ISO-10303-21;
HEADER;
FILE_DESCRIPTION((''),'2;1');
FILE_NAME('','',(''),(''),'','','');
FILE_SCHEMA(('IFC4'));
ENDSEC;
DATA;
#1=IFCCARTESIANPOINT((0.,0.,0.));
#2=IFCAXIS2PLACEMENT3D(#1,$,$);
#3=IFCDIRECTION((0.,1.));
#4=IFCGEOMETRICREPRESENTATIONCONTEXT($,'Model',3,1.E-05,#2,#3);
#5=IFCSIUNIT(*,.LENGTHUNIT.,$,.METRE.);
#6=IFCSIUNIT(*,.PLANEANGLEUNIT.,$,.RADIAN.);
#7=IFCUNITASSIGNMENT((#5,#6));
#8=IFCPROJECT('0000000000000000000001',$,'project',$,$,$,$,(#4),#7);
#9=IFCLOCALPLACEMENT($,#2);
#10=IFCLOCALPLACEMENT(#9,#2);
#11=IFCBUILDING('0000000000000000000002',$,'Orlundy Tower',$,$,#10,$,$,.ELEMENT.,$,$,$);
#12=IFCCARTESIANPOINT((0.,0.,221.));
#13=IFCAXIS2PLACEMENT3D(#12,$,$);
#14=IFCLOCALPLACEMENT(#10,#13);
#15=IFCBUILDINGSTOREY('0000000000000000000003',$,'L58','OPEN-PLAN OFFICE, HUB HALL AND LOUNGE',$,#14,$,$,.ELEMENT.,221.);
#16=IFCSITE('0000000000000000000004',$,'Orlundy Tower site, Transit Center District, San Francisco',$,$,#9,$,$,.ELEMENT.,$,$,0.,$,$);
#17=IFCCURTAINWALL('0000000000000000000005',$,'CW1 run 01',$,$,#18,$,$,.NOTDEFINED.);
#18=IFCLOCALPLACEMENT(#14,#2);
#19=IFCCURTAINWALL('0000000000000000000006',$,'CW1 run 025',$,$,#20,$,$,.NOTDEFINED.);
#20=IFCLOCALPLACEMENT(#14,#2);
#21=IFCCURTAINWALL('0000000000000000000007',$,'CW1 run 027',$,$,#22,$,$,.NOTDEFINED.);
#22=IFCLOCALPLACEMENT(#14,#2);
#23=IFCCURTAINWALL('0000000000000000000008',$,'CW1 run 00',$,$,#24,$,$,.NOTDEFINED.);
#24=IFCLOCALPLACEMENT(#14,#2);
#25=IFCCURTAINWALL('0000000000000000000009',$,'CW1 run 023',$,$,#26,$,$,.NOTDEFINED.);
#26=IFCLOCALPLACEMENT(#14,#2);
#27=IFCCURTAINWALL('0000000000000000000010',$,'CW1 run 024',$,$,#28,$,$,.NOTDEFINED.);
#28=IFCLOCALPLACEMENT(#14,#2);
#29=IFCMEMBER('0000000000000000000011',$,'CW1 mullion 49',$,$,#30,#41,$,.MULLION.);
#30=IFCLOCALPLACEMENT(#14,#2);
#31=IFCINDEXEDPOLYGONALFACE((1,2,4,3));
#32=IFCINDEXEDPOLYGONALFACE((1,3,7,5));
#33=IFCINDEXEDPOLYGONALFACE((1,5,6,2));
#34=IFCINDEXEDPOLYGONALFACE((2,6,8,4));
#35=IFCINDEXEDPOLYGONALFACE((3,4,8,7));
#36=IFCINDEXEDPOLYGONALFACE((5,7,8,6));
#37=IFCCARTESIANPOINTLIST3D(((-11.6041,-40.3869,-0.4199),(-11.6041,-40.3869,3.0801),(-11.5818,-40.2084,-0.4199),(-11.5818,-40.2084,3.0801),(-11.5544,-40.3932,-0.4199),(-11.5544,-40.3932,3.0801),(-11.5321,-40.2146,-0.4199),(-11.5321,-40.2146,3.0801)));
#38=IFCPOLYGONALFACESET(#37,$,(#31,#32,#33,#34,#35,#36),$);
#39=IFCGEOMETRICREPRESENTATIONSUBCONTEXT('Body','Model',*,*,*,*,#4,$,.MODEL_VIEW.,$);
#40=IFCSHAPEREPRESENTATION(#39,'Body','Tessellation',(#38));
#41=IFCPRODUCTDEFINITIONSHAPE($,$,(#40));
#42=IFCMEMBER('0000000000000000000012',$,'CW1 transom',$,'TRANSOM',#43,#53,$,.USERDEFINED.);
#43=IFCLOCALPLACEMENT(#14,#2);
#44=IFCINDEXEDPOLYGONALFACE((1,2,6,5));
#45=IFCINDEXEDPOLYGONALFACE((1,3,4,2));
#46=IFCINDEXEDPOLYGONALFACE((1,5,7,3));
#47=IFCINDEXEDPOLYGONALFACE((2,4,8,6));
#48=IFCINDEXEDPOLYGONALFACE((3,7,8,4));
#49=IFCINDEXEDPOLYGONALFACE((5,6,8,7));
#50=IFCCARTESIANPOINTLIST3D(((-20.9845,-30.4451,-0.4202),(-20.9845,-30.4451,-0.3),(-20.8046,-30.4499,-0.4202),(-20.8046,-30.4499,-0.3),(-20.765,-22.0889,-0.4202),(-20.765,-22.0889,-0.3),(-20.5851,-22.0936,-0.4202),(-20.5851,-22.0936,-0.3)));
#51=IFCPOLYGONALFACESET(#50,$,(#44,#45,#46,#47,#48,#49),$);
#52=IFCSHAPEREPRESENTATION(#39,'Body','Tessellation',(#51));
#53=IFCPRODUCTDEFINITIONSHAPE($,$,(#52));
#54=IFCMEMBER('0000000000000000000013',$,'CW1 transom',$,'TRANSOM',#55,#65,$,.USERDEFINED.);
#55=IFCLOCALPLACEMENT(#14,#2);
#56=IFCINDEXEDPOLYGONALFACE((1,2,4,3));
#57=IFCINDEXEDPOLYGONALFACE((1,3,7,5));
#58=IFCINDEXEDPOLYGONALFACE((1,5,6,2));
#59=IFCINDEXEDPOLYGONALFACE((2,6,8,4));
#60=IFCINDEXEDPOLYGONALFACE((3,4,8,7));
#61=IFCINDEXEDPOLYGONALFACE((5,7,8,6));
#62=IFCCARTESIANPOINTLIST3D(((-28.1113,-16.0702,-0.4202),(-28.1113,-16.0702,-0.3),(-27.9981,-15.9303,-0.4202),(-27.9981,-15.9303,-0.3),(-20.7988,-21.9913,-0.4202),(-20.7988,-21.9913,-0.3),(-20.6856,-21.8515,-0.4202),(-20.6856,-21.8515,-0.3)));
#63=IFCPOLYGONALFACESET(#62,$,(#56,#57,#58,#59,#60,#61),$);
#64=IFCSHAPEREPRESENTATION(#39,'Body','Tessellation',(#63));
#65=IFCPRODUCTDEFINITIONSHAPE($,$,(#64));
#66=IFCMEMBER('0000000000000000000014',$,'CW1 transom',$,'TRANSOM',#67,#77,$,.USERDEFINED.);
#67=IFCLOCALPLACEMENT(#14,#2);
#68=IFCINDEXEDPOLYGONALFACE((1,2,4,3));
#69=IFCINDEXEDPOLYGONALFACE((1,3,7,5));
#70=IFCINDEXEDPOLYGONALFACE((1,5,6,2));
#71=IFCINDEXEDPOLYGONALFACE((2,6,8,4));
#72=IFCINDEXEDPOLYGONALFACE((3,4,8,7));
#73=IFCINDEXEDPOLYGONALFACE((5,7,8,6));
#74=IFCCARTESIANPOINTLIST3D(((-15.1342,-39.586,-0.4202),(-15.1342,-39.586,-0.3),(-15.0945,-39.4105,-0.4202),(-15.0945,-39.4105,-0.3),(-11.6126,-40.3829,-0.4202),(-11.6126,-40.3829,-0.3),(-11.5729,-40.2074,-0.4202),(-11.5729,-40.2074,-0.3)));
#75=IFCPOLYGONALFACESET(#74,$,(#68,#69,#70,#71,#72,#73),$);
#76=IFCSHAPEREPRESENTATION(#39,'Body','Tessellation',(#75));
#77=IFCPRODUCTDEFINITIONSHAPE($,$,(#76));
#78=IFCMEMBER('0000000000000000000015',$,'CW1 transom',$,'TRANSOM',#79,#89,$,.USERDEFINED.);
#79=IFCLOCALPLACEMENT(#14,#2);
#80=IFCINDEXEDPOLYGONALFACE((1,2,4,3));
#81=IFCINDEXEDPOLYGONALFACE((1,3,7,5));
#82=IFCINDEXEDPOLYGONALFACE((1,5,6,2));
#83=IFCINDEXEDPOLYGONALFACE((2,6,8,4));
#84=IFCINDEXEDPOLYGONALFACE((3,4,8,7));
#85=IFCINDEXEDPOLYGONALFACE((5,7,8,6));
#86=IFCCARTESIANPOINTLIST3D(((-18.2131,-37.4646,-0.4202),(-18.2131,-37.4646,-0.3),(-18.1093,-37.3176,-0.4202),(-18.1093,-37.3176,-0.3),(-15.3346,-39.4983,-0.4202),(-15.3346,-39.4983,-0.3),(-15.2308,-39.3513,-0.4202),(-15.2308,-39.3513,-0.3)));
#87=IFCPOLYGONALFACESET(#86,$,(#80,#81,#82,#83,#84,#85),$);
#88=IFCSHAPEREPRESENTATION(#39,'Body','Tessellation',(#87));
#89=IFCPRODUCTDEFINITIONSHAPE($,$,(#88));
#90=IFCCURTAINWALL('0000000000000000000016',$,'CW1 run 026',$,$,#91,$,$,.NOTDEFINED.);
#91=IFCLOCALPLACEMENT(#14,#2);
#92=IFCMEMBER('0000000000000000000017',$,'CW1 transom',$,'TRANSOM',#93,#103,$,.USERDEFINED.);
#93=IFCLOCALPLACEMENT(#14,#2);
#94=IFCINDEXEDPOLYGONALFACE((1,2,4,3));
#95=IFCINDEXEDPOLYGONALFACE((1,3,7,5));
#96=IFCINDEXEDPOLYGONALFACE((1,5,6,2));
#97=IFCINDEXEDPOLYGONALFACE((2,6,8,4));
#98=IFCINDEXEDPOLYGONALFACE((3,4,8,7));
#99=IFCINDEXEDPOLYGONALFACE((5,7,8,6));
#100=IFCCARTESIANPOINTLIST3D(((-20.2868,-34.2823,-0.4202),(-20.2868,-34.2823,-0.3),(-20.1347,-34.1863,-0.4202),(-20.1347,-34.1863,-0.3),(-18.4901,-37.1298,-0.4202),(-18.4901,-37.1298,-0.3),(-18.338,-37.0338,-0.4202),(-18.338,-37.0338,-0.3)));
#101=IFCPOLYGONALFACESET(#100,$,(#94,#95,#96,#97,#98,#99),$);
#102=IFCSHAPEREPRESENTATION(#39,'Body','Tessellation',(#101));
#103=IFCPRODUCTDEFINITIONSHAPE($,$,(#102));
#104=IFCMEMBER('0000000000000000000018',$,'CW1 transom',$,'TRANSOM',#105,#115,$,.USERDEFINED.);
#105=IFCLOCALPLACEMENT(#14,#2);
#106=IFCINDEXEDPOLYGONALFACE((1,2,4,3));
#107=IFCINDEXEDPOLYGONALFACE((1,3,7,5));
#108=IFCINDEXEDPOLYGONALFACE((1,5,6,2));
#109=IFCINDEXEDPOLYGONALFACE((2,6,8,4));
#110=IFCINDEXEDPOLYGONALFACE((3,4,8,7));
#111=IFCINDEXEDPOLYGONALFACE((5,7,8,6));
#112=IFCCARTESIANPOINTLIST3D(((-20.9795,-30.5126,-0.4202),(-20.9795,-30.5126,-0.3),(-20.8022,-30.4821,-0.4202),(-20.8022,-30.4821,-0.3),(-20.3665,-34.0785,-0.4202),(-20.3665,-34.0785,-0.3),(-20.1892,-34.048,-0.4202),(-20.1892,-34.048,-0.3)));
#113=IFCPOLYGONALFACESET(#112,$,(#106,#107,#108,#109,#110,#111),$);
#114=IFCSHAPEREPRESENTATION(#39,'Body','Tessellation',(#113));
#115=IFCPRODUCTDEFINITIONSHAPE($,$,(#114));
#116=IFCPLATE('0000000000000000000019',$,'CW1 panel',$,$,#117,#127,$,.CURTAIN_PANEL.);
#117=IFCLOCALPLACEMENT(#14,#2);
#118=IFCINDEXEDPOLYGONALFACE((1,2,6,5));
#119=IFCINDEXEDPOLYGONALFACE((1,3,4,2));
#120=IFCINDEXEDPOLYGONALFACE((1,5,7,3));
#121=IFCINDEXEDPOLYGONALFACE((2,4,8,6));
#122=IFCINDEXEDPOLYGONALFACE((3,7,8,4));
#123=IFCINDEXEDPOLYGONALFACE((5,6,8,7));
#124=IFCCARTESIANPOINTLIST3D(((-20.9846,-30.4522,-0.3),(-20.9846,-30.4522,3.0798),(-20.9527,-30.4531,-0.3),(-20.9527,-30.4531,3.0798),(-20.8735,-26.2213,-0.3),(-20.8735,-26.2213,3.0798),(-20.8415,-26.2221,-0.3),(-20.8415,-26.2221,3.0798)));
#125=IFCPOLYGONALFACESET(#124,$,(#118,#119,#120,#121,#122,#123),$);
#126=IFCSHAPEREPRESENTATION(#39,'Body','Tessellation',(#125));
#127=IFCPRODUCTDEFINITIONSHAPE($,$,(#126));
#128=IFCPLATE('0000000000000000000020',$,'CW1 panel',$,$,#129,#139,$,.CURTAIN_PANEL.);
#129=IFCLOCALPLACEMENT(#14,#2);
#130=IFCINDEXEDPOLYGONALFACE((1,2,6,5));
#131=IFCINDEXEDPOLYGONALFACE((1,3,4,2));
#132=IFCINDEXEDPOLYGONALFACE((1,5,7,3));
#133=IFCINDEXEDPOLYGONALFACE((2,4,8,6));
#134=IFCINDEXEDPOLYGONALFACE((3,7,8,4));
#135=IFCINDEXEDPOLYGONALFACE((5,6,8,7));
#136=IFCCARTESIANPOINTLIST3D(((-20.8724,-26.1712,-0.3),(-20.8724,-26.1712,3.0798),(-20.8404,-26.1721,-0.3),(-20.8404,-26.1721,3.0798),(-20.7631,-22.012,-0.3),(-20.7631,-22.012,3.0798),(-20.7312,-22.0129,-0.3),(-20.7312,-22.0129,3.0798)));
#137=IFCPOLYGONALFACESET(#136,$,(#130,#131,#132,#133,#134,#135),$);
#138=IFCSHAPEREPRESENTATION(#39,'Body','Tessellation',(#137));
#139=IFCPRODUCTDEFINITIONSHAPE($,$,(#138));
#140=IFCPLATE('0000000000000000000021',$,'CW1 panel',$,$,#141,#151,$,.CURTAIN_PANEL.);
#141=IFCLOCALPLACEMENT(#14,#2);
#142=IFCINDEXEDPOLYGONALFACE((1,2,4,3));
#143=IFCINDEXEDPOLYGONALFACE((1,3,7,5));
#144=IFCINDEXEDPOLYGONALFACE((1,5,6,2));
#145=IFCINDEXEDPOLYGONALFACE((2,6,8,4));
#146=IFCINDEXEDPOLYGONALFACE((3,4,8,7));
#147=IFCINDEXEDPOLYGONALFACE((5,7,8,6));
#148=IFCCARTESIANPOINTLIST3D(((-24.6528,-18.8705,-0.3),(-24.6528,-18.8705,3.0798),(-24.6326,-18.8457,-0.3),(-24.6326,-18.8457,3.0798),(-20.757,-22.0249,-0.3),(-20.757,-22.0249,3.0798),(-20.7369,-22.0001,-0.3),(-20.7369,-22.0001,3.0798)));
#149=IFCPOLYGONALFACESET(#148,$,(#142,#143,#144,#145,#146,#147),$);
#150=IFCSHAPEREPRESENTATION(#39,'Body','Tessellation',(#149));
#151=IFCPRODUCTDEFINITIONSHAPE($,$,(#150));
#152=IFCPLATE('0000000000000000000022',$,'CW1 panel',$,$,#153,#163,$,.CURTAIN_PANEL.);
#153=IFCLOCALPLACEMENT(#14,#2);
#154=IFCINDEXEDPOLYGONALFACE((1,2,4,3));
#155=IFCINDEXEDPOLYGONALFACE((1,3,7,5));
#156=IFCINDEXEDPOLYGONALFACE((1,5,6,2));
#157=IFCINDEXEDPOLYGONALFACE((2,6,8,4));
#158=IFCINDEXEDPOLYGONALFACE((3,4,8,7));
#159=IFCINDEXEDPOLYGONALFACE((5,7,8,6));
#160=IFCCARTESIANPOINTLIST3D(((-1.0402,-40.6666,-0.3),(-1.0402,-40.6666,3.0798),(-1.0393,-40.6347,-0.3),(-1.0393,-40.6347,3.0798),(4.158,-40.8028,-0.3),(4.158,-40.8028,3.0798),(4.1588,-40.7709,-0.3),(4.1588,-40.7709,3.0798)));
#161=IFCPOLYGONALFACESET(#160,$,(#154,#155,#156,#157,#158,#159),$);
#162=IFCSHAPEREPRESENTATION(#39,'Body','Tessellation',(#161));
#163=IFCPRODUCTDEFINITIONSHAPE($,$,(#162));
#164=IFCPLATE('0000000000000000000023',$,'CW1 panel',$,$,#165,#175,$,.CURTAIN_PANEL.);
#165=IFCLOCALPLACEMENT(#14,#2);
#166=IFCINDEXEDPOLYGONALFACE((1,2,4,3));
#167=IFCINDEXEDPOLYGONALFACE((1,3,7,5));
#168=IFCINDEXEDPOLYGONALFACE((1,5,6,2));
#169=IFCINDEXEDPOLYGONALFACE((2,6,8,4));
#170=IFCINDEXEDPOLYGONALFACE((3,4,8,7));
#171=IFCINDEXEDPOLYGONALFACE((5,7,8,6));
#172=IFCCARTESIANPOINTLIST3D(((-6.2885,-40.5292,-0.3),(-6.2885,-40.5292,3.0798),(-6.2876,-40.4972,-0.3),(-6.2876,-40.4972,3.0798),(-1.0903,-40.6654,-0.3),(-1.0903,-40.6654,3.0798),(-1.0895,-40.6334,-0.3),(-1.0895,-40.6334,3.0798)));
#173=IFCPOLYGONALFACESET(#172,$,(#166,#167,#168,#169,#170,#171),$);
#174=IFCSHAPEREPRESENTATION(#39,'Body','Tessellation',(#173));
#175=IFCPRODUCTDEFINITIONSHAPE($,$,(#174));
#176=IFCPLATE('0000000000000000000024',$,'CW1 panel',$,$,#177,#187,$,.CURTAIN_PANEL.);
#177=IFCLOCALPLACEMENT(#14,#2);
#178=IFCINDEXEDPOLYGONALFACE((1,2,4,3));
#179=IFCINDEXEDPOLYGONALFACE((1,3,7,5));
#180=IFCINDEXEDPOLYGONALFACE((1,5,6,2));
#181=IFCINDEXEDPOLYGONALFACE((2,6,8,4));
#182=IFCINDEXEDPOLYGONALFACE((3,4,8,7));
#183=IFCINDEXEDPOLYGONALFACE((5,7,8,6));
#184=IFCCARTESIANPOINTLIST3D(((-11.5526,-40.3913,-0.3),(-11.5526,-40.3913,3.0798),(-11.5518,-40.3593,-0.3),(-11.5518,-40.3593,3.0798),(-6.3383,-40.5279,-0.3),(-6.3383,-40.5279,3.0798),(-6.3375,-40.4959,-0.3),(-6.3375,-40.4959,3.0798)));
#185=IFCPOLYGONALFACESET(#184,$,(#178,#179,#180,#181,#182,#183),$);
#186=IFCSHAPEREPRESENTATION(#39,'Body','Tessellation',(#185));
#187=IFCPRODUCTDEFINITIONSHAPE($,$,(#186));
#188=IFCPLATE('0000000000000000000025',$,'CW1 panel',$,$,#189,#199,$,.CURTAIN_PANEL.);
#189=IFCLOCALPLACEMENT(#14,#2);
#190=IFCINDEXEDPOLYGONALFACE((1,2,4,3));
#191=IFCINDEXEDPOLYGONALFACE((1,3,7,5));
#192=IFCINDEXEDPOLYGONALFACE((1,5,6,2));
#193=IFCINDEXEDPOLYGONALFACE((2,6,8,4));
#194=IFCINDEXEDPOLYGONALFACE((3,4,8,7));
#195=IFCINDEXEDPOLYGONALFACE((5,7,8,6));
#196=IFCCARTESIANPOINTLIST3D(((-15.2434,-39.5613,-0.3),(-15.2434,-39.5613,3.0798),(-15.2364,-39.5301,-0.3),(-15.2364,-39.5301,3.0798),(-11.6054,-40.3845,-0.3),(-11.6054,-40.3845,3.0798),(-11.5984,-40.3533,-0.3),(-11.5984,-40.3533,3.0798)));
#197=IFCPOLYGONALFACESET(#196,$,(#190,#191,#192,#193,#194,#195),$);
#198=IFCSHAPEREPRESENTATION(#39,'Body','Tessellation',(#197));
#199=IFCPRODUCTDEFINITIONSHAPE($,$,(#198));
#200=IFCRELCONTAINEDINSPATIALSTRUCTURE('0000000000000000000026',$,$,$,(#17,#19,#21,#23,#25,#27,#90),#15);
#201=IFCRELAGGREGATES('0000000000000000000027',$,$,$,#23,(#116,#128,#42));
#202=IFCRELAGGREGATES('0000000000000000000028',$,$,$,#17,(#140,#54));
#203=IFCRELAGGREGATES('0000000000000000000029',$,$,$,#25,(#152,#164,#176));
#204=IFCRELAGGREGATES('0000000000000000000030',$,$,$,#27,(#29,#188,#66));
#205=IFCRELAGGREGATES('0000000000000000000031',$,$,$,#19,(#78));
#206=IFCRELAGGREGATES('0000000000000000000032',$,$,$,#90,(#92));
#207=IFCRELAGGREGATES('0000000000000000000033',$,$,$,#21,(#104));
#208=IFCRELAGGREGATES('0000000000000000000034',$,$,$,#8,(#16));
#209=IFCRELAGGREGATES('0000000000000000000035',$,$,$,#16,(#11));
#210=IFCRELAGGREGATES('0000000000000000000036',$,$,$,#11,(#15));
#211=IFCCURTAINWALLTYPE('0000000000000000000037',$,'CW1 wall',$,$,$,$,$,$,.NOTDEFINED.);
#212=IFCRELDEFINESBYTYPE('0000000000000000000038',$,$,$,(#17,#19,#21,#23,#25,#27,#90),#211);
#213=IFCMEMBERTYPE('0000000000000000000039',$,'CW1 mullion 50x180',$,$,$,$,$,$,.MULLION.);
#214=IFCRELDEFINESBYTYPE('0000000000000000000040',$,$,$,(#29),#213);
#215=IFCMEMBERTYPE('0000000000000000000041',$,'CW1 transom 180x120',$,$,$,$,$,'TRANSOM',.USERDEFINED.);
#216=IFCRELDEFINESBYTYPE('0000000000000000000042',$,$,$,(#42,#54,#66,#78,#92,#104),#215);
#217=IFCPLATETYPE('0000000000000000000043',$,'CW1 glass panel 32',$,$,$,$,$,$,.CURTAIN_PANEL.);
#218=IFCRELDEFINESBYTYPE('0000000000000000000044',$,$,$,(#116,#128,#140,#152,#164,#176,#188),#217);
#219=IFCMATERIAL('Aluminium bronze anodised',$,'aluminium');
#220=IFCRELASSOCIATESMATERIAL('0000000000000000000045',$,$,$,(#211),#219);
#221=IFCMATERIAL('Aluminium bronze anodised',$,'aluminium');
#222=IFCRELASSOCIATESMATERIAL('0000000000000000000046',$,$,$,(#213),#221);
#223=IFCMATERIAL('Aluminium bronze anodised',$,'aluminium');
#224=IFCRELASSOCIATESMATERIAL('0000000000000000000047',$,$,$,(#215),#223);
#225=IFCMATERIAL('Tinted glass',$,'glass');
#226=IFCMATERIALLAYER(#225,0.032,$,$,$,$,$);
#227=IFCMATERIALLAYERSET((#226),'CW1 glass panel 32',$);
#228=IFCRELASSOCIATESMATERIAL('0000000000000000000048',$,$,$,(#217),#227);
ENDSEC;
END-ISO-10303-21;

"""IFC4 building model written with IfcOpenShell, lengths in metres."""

from ifc_helpers import new_model, si_unit, direction, frame, origin, origin_2d, place, context, subcontext, project, spatial, rectangle, extrude, material, layer, layer_set, material_profile, profile_set, type_object, element, aggregate, save


model = new_model("IFC4")

# Units and contexts
model_context = context("Model", 3, precision=1e-05, world=origin(), true_north=direction((0.0, 1.0)))
body_context = subcontext(model_context, "Body", "Model", "MODEL_VIEW")
ifc_project = project(units=[si_unit("LENGTHUNIT", "METRE"), si_unit("PLANEANGLEUNIT", "RADIAN")], contexts=[model_context])

# Site, building, storey
site_placement = place(None, origin())
site = spatial("IfcSite", under=ifc_project, at=site_placement, Name="Orlundy Tower site, Transit Center District, San Francisco", CompositionType="ELEMENT", RefElevation=0.0)
building_placement = place(site_placement, origin())
building = spatial("IfcBuilding", under=site, at=building_placement, Name="Orlundy Tower", CompositionType="ELEMENT")
storey_placement = place(building_placement, frame((0.0, 0.0, 221.0)))
storey = spatial("IfcBuildingStorey", under=building, at=storey_placement, Name="L58", Description="OPEN-PLAN OFFICE, HUB HALL AND LOUNGE", CompositionType="ELEMENT", Elevation=221.0)

# Curtain walls
ifc_material_1 = material(Name="Aluminium bronze anodised", Category="aluminium")
curtain_wall_type = type_object("IfcCurtainWallType", Name="CW1 wall", PredefinedType="NOTDEFINED", material=ifc_material_1)
curtain_wall_1_placement = place(storey_placement, origin())
curtain_wall_1 = element("IfcCurtainWall", 1, at=curtain_wall_1_placement, inside=storey, type_object=curtain_wall_type, Name="CW1 run 01", PredefinedType="NOTDEFINED")
curtain_wall_2_placement = place(storey_placement, origin())
curtain_wall_2 = element("IfcCurtainWall", 2, at=curtain_wall_2_placement, inside=storey, type_object=curtain_wall_type, Name="CW1 run 025", PredefinedType="NOTDEFINED")
curtain_wall_3_placement = place(storey_placement, origin())
curtain_wall_3 = element("IfcCurtainWall", 3, at=curtain_wall_3_placement, inside=storey, type_object=curtain_wall_type, Name="CW1 run 027", PredefinedType="NOTDEFINED")

# Curtain walls
curtain_wall_4_placement = place(storey_placement, origin())
curtain_wall_4 = element("IfcCurtainWall", 4, at=curtain_wall_4_placement, inside=storey, type_object=curtain_wall_type, Name="CW1 run 00", PredefinedType="NOTDEFINED")
ifc_material_2 = material(Name="Aluminium bronze anodised", Category="aluminium")
ifc_material_profile_1 = material_profile(ifc_material_2, rectangle(XDim=0.1799, YDim=0.05, at=origin_2d()), Name="CW1 mullion 50x180")
ifc_profile_set_1 = profile_set([ifc_material_profile_1], Name="Aluminium bronze anodised")
member_type_1 = type_object("IfcMemberType", Name="CW1 mullion 50x180", PredefinedType="MULLION", material=ifc_profile_set_1)
curtain_wall_5_placement = place(storey_placement, origin())
curtain_wall_5 = element("IfcCurtainWall", 5, at=curtain_wall_5_placement, inside=storey, type_object=curtain_wall_type, Name="CW1 run 023", PredefinedType="NOTDEFINED")

# Curtain wall, member
curtain_wall_6_placement = place(storey_placement, origin())
curtain_wall_6 = element("IfcCurtainWall", 6, at=curtain_wall_6_placement, inside=storey, type_object=curtain_wall_type, Name="CW1 run 024", PredefinedType="NOTDEFINED")
member_1_placement = place(storey_placement, frame((-11.5681, -40.3008, -0.4199), z_axis=(0.0, 0.0, 1.0), x_axis=(-0.124042, -0.992277, 0.0)))
member_1 = element("IfcMember", 7, at=member_1_placement, type_object=member_type_1, Name="CW1 mullion 49", PredefinedType="MULLION", context=body_context, shape_type="SweptSolid", body=[
    extrude(rectangle(XDim=0.1799, YDim=0.05, at=origin_2d()), origin(), (0.0, 0.0, 1.0), 3.5),
])

# Members
ifc_material_3 = material(Name="Aluminium bronze anodised", Category="aluminium")
ifc_material_profile_2 = material_profile(ifc_material_3, rectangle(XDim=0.1799, YDim=0.1201, at=origin_2d()), Name="CW1 transom 180x120")
ifc_profile_set_2 = profile_set([ifc_material_profile_2], Name="Aluminium bronze anodised")
member_type_2 = type_object("IfcMemberType", Name="CW1 transom 180x120", ElementType="TRANSOM", PredefinedType="USERDEFINED", material=ifc_profile_set_2)
member_2_placement = place(storey_placement, frame((-20.8945, -30.4475, -0.3601), z_axis=(0.026257, 0.999655, 0.0), x_axis=(-0.999655, 0.026257, 0.0)))
member_2 = element("IfcMember", 8, at=member_2_placement, type_object=member_type_2, Name="CW1 transom", ObjectType="TRANSOM", PredefinedType="USERDEFINED", context=body_context, shape_type="SweptSolid", body=[
    extrude(rectangle(XDim=0.1799, YDim=0.1201, at=origin_2d()), origin(), (0.0, 0.0, 1.0), 8.3591),
])
member_3_placement = place(storey_placement, frame((-20.7422, -21.9214, -0.3601), z_axis=(-0.777167, 0.629295, 0.0), x_axis=(-0.629295, -0.777167, 0.0)))
member_3 = element("IfcMember", 9, at=member_3_placement, type_object=member_type_2, Name="CW1 transom", ObjectType="TRANSOM", PredefinedType="USERDEFINED", context=body_context, shape_type="SweptSolid", body=[
    extrude(rectangle(XDim=0.1799, YDim=0.1201, at=origin_2d()), origin(), (0.0, 0.0, 1.0), 9.4092),
])
member_4_placement = place(storey_placement, frame((-11.5928, -40.2952, -0.3601), z_axis=(-0.97534, 0.220709, 0.0), x_axis=(-0.220709, -0.97534, 0.0)))
member_4 = element("IfcMember", 10, at=member_4_placement, type_object=member_type_2, Name="CW1 transom", ObjectType="TRANSOM", PredefinedType="USERDEFINED", context=body_context, shape_type="SweptSolid", body=[
    extrude(rectangle(XDim=0.1799, YDim=0.1201, at=origin_2d()), origin(), (0.0, 0.0, 1.0), 3.6106),
])
member_5_placement = place(storey_placement, frame((-15.2827, -39.4248, -0.3601), z_axis=(-0.816718, 0.577037, 0.0), x_axis=(-0.577037, -0.816718, 0.0)))
member_5 = element("IfcMember", 11, at=member_5_placement, type_object=member_type_2, Name="CW1 transom", ObjectType="TRANSOM", PredefinedType="USERDEFINED", context=body_context, shape_type="SweptSolid", body=[
    extrude(rectangle(XDim=0.1799, YDim=0.1201, at=origin_2d()), origin(), (0.0, 0.0, 1.0), 3.5244),
])

# Curtain wall, member
curtain_wall_7_placement = place(storey_placement, origin())
curtain_wall_7 = element("IfcCurtainWall", 12, at=curtain_wall_7_placement, inside=storey, type_object=curtain_wall_type, Name="CW1 run 026", PredefinedType="NOTDEFINED")
member_6_placement = place(storey_placement, frame((-18.4141, -37.0818, -0.3601), z_axis=(-0.533625, 0.845721, 0.0), x_axis=(-0.845721, -0.533625, 0.0)))
member_6 = element("IfcMember", 13, at=member_6_placement, type_object=member_type_2, Name="CW1 transom", ObjectType="TRANSOM", PredefinedType="USERDEFINED", context=body_context, shape_type="SweptSolid", body=[
    extrude(rectangle(XDim=0.1799, YDim=0.1201, at=origin_2d()), origin(), (0.0, 0.0, 1.0), 3.3669),
])

# Member
member_7_placement = place(storey_placement, frame((-20.2778, -34.0632, -0.3601), z_axis=(-0.16943, 0.985542, 0.0), x_axis=(-0.985542, -0.16943, 0.0)))
member_7 = element("IfcMember", 14, at=member_7_placement, type_object=member_type_2, Name="CW1 transom", ObjectType="TRANSOM", PredefinedType="USERDEFINED", context=body_context, shape_type="SweptSolid", body=[
    extrude(rectangle(XDim=0.1799, YDim=0.1201, at=origin_2d()), origin(), (0.0, 0.0, 1.0), 3.6182),
])

# Plates
ifc_material_4 = material(Name="Tinted glass", Category="glass")
ifc_layer_1 = layer(ifc_material_4, 0.032)
ifc_layer_set_1 = layer_set([ifc_layer_1], Name="CW1 glass panel 32")
plate_type = type_object("IfcPlateType", Name="CW1 glass panel 32", PredefinedType="CURTAIN_PANEL", material=ifc_layer_set_1)
plate_1_placement = place(storey_placement, frame((-20.9131, -28.3372, -0.3), z_axis=(0.0, 0.0, 1.0), x_axis=(0.026251, 0.999655, 0.0)))
plate_1 = element("IfcPlate", 15, at=plate_1_placement, type_object=plate_type, Name="CW1 panel", PredefinedType="CURTAIN_PANEL", context=body_context, shape_type="SweptSolid", body=[
    extrude(rectangle(XDim=4.2324, YDim=0.032, at=origin_2d()), origin(), (0.0, 0.0, 1.0), 3.3799),
])
plate_2_placement = place(storey_placement, frame((-20.8018, -24.092, -0.3), z_axis=(0.0, 0.0, 1.0), x_axis=(0.026251, 0.999655, 0.0)))
plate_2 = element("IfcPlate", 16, at=plate_2_placement, type_object=plate_type, Name="CW1 panel", PredefinedType="CURTAIN_PANEL", context=body_context, shape_type="SweptSolid", body=[
    extrude(rectangle(XDim=4.1606, YDim=0.032, at=origin_2d()), origin(), (0.0, 0.0, 1.0), 3.3799),
])
aggregate(curtain_wall_4, [plate_1, plate_2, member_2])
plate_3_placement = place(storey_placement, frame((-22.6948, -20.4353, -0.3), z_axis=(0.0, 0.0, 1.0), x_axis=(-0.777177, 0.629283, 0.0)))
plate_3 = element("IfcPlate", 17, at=plate_3_placement, type_object=plate_type, Name="CW1 panel", PredefinedType="CURTAIN_PANEL", context=body_context, shape_type="SweptSolid", body=[
    extrude(rectangle(XDim=5.0127, YDim=0.032, at=origin_2d()), origin(), (0.0, 0.0, 1.0), 3.3799),
])
aggregate(curtain_wall_1, [plate_3, member_3])
plate_4_placement = place(storey_placement, frame((1.5593, -40.7188, -0.3), z_axis=(0.0, 0.0, 1.0), x_axis=(-0.999657, 0.02619, 0.0)))
plate_4 = element("IfcPlate", 18, at=plate_4_placement, type_object=plate_type, Name="CW1 panel", PredefinedType="CURTAIN_PANEL", context=body_context, shape_type="SweptSolid", body=[
    extrude(rectangle(XDim=5.2, YDim=0.032, at=origin_2d()), origin(), (0.0, 0.0, 1.0), 3.3799),
])
plate_5_placement = place(storey_placement, frame((-3.689, -40.5813, -0.3), z_axis=(0.0, 0.0, 1.0), x_axis=(-0.999657, 0.02619, 0.0)))
plate_5 = element("IfcPlate", 19, at=plate_5_placement, type_object=plate_type, Name="CW1 panel", PredefinedType="CURTAIN_PANEL", context=body_context, shape_type="SweptSolid", body=[
    extrude(rectangle(XDim=5.2, YDim=0.032, at=origin_2d()), origin(), (0.0, 0.0, 1.0), 3.3799),
])
plate_6_placement = place(storey_placement, frame((-8.9451, -40.4436, -0.3), z_axis=(0.0, 0.0, 1.0), x_axis=(-0.999657, 0.02619, 0.0)))
plate_6 = element("IfcPlate", 20, at=plate_6_placement, type_object=plate_type, Name="CW1 panel", PredefinedType="CURTAIN_PANEL", context=body_context, shape_type="SweptSolid", body=[
    extrude(rectangle(XDim=5.2161, YDim=0.032, at=origin_2d()), origin(), (0.0, 0.0, 1.0), 3.3799),
])
aggregate(curtain_wall_5, [plate_4, plate_5, plate_6])
plate_7_placement = place(storey_placement, frame((-13.4209, -39.9573, -0.3), z_axis=(0.0, 0.0, 1.0), x_axis=(-0.975342, 0.2207, 0.0)))
plate_7 = element("IfcPlate", 21, at=plate_7_placement, type_object=plate_type, Name="CW1 panel", PredefinedType="CURTAIN_PANEL", context=body_context, shape_type="SweptSolid", body=[
    extrude(rectangle(XDim=3.73, YDim=0.032, at=origin_2d()), origin(), (0.0, 0.0, 1.0), 3.3799),
])
aggregate(curtain_wall_6, [member_1, plate_7, member_4])
aggregate(curtain_wall_2, [member_5])
aggregate(curtain_wall_7, [member_6])
aggregate(curtain_wall_3, [member_7])

save(model, "model.ifc")
